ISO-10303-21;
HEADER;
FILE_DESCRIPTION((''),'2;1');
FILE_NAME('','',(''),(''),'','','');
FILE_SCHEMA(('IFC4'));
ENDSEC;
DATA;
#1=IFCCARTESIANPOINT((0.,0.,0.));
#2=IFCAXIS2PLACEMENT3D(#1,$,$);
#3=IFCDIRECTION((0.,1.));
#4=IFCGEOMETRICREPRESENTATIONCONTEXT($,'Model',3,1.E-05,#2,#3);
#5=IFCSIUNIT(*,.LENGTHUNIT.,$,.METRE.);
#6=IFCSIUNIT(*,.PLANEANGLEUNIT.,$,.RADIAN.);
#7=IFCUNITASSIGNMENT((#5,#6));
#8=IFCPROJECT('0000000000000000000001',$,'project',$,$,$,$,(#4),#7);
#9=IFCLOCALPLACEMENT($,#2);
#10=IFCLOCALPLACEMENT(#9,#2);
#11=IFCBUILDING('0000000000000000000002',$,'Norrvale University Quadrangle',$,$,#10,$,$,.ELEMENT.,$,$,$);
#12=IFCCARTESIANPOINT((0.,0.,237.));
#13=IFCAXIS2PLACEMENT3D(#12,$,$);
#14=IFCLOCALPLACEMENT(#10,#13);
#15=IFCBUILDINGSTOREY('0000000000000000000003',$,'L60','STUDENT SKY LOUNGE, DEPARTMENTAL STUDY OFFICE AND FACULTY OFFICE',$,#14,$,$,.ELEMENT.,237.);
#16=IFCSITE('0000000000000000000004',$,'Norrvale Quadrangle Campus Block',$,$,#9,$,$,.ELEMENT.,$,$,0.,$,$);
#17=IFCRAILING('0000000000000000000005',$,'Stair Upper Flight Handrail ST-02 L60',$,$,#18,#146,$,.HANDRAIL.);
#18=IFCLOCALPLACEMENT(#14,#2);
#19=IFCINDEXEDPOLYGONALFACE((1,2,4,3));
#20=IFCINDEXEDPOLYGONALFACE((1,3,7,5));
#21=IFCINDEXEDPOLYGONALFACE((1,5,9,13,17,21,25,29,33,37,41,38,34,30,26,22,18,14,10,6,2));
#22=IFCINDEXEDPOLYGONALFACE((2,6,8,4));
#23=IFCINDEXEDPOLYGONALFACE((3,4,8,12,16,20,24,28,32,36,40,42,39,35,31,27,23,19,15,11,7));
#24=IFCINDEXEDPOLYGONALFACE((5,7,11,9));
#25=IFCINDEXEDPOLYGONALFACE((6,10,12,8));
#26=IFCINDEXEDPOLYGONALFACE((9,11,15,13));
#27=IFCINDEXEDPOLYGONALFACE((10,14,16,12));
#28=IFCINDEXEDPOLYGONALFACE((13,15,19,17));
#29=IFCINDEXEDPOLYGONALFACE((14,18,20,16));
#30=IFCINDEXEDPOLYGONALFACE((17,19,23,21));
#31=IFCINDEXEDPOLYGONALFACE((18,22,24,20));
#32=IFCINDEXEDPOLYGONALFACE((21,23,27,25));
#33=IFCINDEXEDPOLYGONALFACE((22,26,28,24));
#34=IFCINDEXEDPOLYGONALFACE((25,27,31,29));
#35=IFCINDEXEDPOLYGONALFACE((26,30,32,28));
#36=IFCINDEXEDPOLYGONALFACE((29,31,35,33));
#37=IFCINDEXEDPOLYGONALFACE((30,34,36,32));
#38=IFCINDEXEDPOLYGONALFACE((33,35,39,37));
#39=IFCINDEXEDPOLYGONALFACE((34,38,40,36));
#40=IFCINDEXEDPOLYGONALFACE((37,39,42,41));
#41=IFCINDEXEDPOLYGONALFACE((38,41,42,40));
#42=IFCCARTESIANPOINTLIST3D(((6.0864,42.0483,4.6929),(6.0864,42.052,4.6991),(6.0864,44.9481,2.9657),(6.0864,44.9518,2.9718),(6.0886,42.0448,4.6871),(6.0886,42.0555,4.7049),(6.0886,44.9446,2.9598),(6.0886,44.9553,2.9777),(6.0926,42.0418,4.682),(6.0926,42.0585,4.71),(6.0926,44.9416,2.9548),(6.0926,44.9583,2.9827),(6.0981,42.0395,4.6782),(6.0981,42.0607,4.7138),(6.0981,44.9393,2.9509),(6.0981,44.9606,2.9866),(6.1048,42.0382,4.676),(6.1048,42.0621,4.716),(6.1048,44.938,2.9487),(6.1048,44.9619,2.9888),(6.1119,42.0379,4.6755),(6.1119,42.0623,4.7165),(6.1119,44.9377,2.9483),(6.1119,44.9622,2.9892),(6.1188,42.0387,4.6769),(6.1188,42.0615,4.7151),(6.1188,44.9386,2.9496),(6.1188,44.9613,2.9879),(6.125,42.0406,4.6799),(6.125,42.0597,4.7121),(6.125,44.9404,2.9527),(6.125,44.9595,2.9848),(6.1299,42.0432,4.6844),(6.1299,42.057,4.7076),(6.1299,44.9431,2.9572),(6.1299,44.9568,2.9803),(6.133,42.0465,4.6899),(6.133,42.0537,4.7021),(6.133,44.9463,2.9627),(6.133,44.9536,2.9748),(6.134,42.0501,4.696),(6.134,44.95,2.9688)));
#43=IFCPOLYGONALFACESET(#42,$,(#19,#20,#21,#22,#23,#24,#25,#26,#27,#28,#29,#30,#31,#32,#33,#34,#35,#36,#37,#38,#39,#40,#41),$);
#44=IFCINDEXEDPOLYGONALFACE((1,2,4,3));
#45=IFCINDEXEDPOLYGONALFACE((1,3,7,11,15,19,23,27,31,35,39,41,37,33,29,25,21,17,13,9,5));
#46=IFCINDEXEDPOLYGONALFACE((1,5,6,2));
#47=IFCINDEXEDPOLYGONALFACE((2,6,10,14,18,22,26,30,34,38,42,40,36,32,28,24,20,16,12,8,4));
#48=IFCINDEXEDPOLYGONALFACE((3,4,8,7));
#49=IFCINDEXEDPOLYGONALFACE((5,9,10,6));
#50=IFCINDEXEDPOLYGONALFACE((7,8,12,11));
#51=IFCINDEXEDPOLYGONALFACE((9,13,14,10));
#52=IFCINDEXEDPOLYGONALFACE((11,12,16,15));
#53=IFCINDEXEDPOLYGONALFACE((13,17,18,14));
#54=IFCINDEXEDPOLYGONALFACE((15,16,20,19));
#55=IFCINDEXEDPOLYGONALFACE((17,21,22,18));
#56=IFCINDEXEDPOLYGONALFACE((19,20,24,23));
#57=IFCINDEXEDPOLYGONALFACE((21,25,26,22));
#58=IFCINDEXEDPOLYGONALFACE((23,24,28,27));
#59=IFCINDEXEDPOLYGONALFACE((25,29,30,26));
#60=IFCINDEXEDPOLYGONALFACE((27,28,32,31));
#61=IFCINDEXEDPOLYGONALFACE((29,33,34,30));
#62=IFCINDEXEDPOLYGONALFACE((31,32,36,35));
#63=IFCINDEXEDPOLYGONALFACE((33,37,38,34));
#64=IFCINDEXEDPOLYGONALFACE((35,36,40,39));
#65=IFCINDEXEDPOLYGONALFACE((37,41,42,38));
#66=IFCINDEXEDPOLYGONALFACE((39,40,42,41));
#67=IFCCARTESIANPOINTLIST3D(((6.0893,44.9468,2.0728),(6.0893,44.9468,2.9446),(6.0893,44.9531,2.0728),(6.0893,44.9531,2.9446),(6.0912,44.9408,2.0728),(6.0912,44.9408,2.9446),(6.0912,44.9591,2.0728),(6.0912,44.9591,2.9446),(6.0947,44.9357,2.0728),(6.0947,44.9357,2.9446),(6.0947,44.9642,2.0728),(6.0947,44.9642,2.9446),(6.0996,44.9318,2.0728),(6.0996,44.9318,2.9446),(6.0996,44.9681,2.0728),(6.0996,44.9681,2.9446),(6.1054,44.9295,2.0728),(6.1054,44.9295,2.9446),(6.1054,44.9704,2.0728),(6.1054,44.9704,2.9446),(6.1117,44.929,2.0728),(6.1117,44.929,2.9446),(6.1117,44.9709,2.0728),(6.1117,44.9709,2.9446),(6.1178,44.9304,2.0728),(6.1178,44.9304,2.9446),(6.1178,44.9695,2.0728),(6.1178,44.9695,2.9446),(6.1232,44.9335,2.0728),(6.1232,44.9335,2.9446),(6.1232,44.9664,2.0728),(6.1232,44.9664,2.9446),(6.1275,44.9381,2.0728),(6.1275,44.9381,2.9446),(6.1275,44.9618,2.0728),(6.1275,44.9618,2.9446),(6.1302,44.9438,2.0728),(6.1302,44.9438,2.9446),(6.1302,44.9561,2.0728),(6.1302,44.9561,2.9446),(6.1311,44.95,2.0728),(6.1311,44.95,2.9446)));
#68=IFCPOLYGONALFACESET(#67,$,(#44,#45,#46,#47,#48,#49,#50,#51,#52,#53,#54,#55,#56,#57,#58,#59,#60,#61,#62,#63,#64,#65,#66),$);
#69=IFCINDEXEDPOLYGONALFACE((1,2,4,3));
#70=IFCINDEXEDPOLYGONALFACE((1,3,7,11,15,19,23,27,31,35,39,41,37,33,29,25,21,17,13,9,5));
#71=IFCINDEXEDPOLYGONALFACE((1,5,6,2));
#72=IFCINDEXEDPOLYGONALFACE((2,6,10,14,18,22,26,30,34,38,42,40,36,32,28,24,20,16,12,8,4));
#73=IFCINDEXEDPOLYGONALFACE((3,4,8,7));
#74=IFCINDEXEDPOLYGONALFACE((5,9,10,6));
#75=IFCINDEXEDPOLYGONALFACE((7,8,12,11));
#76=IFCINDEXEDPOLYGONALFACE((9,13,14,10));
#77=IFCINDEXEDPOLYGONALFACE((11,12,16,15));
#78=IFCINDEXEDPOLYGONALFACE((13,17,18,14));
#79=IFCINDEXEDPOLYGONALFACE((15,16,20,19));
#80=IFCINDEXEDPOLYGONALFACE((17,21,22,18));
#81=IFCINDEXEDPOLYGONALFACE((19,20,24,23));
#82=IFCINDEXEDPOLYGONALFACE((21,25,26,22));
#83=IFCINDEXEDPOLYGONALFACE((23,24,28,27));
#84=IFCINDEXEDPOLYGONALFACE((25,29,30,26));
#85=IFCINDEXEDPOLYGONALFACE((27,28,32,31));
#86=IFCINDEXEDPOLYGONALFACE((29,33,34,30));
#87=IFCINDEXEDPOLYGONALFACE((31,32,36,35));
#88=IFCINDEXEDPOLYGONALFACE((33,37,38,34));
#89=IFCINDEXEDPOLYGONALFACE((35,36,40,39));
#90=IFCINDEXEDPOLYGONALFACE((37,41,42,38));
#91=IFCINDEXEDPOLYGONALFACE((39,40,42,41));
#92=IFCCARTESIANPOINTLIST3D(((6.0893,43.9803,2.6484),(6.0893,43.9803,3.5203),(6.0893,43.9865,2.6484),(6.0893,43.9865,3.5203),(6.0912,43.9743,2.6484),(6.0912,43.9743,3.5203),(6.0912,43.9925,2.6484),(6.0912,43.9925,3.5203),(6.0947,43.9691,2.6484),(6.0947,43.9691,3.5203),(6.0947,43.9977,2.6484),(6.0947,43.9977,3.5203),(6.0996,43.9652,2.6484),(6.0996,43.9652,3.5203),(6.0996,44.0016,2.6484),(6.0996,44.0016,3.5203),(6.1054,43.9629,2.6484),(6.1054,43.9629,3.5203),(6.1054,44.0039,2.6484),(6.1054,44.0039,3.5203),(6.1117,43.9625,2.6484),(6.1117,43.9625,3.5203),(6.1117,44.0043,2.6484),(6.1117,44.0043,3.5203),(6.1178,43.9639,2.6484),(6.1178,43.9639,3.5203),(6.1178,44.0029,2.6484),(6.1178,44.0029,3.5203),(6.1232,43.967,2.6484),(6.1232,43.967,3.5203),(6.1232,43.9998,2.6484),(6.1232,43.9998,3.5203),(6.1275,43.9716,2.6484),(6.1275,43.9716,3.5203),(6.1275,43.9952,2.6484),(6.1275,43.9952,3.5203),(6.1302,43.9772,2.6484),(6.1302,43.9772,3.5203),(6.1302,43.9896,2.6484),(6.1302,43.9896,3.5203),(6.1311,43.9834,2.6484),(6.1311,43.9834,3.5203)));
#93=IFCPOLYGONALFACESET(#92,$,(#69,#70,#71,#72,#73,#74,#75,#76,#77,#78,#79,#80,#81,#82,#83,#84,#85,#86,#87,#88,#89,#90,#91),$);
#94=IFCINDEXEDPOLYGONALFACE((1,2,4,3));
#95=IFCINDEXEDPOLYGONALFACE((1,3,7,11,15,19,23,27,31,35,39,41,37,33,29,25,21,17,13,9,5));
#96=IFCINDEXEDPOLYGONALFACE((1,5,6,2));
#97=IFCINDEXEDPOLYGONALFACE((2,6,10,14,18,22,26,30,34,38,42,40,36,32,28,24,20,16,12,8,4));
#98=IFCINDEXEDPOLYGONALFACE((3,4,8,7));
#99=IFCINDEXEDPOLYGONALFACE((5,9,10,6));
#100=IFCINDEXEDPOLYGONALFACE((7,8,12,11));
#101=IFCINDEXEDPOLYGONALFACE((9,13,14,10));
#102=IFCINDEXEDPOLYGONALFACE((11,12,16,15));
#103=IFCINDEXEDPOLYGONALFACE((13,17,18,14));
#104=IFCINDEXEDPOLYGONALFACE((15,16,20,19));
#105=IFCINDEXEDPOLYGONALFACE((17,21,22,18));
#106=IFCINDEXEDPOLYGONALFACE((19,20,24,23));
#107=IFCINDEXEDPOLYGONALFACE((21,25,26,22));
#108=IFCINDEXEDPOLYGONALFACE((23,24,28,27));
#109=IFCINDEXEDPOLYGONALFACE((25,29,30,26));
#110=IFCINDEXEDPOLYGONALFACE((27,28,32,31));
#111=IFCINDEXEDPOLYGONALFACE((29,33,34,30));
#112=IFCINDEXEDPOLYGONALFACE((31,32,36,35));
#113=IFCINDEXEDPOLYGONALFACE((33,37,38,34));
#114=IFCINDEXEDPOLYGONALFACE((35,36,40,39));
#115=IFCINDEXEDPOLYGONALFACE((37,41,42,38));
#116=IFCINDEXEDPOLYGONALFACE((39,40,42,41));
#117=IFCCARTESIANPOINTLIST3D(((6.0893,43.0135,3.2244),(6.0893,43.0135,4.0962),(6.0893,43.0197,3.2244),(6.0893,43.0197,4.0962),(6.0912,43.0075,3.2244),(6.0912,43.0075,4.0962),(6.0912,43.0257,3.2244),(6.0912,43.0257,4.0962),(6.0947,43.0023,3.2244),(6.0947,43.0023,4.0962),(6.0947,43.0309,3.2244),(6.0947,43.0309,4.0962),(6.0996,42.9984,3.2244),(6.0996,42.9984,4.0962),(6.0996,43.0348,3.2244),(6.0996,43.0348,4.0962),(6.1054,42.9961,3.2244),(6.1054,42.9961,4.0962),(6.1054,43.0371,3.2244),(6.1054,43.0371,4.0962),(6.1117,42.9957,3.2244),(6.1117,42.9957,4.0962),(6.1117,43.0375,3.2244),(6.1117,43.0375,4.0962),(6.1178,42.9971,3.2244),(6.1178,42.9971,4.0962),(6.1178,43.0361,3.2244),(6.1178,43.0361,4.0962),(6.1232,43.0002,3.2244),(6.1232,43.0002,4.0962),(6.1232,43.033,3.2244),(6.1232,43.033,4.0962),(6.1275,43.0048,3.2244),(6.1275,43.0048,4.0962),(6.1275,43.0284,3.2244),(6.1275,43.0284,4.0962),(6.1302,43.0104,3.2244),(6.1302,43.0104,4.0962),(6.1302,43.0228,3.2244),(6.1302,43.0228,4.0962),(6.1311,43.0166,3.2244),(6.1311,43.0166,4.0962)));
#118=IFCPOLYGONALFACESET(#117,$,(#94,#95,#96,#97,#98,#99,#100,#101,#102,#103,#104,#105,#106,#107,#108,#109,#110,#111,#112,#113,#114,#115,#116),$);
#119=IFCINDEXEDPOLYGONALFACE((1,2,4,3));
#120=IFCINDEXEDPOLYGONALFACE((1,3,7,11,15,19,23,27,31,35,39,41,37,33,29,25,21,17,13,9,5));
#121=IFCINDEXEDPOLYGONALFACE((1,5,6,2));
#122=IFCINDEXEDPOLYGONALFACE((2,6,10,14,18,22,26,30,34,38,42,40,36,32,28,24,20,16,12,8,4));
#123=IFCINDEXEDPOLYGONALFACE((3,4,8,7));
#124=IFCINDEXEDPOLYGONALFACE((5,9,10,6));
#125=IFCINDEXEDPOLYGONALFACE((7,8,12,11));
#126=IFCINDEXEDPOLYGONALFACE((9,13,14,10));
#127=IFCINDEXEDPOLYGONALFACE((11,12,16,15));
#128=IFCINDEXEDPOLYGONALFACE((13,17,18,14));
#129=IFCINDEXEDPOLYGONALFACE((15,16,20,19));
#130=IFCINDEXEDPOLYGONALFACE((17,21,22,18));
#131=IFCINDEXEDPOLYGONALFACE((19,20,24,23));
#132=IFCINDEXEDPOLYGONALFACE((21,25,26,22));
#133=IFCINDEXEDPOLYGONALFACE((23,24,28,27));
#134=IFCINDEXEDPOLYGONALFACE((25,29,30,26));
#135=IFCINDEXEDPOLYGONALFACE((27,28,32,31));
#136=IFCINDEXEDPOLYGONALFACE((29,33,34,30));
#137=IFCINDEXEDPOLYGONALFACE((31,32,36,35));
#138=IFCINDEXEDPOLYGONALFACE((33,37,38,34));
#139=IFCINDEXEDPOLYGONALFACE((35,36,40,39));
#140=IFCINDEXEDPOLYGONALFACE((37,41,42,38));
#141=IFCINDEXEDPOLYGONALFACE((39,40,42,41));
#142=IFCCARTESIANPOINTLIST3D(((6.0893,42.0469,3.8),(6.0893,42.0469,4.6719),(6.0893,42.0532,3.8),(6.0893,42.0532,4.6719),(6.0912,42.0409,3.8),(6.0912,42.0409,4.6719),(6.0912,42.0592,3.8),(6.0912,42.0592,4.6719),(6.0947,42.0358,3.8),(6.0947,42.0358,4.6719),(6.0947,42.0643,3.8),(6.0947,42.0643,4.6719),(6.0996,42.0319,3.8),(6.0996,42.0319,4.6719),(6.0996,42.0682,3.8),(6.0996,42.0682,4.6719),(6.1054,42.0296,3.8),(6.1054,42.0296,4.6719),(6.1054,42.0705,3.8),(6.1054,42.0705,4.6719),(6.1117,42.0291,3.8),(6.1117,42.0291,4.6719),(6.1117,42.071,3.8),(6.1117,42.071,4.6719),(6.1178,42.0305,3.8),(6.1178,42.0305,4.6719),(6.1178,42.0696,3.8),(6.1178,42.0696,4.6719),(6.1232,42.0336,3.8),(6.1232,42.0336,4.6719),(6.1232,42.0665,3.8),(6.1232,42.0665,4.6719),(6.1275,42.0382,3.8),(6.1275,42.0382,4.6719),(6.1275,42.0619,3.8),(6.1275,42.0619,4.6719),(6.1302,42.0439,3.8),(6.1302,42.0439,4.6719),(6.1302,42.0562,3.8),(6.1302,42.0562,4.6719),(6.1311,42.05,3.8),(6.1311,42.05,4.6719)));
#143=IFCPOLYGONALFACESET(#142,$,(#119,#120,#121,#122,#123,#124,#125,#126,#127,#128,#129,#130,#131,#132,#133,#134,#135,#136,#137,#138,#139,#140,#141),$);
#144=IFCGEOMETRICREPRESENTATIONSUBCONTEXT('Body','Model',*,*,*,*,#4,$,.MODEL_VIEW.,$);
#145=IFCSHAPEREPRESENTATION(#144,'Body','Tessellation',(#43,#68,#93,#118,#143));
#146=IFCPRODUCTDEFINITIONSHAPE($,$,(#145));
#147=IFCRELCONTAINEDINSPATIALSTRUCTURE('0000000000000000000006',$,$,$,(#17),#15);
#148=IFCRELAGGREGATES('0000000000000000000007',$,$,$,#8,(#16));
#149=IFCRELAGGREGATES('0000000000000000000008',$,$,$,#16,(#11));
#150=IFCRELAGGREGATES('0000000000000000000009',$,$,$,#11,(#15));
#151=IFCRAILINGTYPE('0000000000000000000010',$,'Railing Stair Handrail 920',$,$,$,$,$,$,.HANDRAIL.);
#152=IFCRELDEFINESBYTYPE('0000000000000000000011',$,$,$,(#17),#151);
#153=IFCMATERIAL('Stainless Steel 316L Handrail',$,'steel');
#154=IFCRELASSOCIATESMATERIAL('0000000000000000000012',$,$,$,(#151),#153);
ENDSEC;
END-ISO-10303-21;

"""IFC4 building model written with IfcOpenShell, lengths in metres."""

from ifc_helpers import new_model, si_unit, direction, frame, origin, origin_2d, place, context, subcontext, project, spatial, circle, extrude, material, type_object, element, save


model = new_model("IFC4")

# Units and contexts
model_context = context("Model", 3, precision=1e-05, world=origin(), true_north=direction((0.0, 1.0)))
body_context = subcontext(model_context, "Body", "Model", "MODEL_VIEW")
ifc_project = project(units=[si_unit("LENGTHUNIT", "METRE"), si_unit("PLANEANGLEUNIT", "RADIAN")], contexts=[model_context])

# Site, building, storey
site_placement = place(None, origin())
site = spatial("IfcSite", under=ifc_project, at=site_placement, Name="Norrvale Quadrangle Campus Block", CompositionType="ELEMENT", RefElevation=0.0)
building_placement = place(site_placement, origin())
building = spatial("IfcBuilding", under=site, at=building_placement, Name="Norrvale University Quadrangle", CompositionType="ELEMENT")
storey_placement = place(building_placement, frame((0.0, 0.0, 237.0)))
storey = spatial("IfcBuildingStorey", under=building, at=storey_placement, Name="L60", Description="STUDENT SKY LOUNGE, DEPARTMENTAL STUDY OFFICE AND FACULTY OFFICE", CompositionType="ELEMENT", Elevation=237.0)

# Railing
ifc_material_1 = material(Name="Stainless Steel 316L Handrail", Category="steel")
railing_type_1 = type_object("IfcRailingType", Name="Railing Stair Handrail 920", PredefinedType="HANDRAIL", material=ifc_material_1)
railing_1_placement = place(storey_placement, frame((6.1101, 44.95, 2.0728)))
element("IfcRailing", 1, at=railing_1_placement, inside=storey, type_object=railing_type_1, Name="Stair Upper Flight Handrail ST-02 L60", PredefinedType="HANDRAIL", context=body_context, shape_type="SweptSolid", body=[
    extrude(circle(Radius=0.0239, at=origin_2d()), frame((0.0, 0.0, 0.896), z_axis=(0.0, -0.859141, 0.511738), x_axis=(1.0, 0.0, 0.0)), (0.0, 0.0, 1.0), 3.3752),
    extrude(circle(Radius=0.021, at=origin_2d()), origin(), (0.0, 0.0, 1.0), 0.8718),
    extrude(circle(Radius=0.021, at=origin_2d()), frame((0.0, -0.9666, 0.5757)), (0.0, 0.0, 1.0), 0.8718),
    extrude(circle(Radius=0.021, at=origin_2d()), frame((0.0, -1.9333, 1.1516)), (0.0, 0.0, 1.0), 0.8718),
    extrude(circle(Radius=0.021, at=origin_2d()), frame((0.0, -2.8999, 1.7273)), (0.0, 0.0, 1.0), 0.8718),
])

save(model, "model.ifc")
